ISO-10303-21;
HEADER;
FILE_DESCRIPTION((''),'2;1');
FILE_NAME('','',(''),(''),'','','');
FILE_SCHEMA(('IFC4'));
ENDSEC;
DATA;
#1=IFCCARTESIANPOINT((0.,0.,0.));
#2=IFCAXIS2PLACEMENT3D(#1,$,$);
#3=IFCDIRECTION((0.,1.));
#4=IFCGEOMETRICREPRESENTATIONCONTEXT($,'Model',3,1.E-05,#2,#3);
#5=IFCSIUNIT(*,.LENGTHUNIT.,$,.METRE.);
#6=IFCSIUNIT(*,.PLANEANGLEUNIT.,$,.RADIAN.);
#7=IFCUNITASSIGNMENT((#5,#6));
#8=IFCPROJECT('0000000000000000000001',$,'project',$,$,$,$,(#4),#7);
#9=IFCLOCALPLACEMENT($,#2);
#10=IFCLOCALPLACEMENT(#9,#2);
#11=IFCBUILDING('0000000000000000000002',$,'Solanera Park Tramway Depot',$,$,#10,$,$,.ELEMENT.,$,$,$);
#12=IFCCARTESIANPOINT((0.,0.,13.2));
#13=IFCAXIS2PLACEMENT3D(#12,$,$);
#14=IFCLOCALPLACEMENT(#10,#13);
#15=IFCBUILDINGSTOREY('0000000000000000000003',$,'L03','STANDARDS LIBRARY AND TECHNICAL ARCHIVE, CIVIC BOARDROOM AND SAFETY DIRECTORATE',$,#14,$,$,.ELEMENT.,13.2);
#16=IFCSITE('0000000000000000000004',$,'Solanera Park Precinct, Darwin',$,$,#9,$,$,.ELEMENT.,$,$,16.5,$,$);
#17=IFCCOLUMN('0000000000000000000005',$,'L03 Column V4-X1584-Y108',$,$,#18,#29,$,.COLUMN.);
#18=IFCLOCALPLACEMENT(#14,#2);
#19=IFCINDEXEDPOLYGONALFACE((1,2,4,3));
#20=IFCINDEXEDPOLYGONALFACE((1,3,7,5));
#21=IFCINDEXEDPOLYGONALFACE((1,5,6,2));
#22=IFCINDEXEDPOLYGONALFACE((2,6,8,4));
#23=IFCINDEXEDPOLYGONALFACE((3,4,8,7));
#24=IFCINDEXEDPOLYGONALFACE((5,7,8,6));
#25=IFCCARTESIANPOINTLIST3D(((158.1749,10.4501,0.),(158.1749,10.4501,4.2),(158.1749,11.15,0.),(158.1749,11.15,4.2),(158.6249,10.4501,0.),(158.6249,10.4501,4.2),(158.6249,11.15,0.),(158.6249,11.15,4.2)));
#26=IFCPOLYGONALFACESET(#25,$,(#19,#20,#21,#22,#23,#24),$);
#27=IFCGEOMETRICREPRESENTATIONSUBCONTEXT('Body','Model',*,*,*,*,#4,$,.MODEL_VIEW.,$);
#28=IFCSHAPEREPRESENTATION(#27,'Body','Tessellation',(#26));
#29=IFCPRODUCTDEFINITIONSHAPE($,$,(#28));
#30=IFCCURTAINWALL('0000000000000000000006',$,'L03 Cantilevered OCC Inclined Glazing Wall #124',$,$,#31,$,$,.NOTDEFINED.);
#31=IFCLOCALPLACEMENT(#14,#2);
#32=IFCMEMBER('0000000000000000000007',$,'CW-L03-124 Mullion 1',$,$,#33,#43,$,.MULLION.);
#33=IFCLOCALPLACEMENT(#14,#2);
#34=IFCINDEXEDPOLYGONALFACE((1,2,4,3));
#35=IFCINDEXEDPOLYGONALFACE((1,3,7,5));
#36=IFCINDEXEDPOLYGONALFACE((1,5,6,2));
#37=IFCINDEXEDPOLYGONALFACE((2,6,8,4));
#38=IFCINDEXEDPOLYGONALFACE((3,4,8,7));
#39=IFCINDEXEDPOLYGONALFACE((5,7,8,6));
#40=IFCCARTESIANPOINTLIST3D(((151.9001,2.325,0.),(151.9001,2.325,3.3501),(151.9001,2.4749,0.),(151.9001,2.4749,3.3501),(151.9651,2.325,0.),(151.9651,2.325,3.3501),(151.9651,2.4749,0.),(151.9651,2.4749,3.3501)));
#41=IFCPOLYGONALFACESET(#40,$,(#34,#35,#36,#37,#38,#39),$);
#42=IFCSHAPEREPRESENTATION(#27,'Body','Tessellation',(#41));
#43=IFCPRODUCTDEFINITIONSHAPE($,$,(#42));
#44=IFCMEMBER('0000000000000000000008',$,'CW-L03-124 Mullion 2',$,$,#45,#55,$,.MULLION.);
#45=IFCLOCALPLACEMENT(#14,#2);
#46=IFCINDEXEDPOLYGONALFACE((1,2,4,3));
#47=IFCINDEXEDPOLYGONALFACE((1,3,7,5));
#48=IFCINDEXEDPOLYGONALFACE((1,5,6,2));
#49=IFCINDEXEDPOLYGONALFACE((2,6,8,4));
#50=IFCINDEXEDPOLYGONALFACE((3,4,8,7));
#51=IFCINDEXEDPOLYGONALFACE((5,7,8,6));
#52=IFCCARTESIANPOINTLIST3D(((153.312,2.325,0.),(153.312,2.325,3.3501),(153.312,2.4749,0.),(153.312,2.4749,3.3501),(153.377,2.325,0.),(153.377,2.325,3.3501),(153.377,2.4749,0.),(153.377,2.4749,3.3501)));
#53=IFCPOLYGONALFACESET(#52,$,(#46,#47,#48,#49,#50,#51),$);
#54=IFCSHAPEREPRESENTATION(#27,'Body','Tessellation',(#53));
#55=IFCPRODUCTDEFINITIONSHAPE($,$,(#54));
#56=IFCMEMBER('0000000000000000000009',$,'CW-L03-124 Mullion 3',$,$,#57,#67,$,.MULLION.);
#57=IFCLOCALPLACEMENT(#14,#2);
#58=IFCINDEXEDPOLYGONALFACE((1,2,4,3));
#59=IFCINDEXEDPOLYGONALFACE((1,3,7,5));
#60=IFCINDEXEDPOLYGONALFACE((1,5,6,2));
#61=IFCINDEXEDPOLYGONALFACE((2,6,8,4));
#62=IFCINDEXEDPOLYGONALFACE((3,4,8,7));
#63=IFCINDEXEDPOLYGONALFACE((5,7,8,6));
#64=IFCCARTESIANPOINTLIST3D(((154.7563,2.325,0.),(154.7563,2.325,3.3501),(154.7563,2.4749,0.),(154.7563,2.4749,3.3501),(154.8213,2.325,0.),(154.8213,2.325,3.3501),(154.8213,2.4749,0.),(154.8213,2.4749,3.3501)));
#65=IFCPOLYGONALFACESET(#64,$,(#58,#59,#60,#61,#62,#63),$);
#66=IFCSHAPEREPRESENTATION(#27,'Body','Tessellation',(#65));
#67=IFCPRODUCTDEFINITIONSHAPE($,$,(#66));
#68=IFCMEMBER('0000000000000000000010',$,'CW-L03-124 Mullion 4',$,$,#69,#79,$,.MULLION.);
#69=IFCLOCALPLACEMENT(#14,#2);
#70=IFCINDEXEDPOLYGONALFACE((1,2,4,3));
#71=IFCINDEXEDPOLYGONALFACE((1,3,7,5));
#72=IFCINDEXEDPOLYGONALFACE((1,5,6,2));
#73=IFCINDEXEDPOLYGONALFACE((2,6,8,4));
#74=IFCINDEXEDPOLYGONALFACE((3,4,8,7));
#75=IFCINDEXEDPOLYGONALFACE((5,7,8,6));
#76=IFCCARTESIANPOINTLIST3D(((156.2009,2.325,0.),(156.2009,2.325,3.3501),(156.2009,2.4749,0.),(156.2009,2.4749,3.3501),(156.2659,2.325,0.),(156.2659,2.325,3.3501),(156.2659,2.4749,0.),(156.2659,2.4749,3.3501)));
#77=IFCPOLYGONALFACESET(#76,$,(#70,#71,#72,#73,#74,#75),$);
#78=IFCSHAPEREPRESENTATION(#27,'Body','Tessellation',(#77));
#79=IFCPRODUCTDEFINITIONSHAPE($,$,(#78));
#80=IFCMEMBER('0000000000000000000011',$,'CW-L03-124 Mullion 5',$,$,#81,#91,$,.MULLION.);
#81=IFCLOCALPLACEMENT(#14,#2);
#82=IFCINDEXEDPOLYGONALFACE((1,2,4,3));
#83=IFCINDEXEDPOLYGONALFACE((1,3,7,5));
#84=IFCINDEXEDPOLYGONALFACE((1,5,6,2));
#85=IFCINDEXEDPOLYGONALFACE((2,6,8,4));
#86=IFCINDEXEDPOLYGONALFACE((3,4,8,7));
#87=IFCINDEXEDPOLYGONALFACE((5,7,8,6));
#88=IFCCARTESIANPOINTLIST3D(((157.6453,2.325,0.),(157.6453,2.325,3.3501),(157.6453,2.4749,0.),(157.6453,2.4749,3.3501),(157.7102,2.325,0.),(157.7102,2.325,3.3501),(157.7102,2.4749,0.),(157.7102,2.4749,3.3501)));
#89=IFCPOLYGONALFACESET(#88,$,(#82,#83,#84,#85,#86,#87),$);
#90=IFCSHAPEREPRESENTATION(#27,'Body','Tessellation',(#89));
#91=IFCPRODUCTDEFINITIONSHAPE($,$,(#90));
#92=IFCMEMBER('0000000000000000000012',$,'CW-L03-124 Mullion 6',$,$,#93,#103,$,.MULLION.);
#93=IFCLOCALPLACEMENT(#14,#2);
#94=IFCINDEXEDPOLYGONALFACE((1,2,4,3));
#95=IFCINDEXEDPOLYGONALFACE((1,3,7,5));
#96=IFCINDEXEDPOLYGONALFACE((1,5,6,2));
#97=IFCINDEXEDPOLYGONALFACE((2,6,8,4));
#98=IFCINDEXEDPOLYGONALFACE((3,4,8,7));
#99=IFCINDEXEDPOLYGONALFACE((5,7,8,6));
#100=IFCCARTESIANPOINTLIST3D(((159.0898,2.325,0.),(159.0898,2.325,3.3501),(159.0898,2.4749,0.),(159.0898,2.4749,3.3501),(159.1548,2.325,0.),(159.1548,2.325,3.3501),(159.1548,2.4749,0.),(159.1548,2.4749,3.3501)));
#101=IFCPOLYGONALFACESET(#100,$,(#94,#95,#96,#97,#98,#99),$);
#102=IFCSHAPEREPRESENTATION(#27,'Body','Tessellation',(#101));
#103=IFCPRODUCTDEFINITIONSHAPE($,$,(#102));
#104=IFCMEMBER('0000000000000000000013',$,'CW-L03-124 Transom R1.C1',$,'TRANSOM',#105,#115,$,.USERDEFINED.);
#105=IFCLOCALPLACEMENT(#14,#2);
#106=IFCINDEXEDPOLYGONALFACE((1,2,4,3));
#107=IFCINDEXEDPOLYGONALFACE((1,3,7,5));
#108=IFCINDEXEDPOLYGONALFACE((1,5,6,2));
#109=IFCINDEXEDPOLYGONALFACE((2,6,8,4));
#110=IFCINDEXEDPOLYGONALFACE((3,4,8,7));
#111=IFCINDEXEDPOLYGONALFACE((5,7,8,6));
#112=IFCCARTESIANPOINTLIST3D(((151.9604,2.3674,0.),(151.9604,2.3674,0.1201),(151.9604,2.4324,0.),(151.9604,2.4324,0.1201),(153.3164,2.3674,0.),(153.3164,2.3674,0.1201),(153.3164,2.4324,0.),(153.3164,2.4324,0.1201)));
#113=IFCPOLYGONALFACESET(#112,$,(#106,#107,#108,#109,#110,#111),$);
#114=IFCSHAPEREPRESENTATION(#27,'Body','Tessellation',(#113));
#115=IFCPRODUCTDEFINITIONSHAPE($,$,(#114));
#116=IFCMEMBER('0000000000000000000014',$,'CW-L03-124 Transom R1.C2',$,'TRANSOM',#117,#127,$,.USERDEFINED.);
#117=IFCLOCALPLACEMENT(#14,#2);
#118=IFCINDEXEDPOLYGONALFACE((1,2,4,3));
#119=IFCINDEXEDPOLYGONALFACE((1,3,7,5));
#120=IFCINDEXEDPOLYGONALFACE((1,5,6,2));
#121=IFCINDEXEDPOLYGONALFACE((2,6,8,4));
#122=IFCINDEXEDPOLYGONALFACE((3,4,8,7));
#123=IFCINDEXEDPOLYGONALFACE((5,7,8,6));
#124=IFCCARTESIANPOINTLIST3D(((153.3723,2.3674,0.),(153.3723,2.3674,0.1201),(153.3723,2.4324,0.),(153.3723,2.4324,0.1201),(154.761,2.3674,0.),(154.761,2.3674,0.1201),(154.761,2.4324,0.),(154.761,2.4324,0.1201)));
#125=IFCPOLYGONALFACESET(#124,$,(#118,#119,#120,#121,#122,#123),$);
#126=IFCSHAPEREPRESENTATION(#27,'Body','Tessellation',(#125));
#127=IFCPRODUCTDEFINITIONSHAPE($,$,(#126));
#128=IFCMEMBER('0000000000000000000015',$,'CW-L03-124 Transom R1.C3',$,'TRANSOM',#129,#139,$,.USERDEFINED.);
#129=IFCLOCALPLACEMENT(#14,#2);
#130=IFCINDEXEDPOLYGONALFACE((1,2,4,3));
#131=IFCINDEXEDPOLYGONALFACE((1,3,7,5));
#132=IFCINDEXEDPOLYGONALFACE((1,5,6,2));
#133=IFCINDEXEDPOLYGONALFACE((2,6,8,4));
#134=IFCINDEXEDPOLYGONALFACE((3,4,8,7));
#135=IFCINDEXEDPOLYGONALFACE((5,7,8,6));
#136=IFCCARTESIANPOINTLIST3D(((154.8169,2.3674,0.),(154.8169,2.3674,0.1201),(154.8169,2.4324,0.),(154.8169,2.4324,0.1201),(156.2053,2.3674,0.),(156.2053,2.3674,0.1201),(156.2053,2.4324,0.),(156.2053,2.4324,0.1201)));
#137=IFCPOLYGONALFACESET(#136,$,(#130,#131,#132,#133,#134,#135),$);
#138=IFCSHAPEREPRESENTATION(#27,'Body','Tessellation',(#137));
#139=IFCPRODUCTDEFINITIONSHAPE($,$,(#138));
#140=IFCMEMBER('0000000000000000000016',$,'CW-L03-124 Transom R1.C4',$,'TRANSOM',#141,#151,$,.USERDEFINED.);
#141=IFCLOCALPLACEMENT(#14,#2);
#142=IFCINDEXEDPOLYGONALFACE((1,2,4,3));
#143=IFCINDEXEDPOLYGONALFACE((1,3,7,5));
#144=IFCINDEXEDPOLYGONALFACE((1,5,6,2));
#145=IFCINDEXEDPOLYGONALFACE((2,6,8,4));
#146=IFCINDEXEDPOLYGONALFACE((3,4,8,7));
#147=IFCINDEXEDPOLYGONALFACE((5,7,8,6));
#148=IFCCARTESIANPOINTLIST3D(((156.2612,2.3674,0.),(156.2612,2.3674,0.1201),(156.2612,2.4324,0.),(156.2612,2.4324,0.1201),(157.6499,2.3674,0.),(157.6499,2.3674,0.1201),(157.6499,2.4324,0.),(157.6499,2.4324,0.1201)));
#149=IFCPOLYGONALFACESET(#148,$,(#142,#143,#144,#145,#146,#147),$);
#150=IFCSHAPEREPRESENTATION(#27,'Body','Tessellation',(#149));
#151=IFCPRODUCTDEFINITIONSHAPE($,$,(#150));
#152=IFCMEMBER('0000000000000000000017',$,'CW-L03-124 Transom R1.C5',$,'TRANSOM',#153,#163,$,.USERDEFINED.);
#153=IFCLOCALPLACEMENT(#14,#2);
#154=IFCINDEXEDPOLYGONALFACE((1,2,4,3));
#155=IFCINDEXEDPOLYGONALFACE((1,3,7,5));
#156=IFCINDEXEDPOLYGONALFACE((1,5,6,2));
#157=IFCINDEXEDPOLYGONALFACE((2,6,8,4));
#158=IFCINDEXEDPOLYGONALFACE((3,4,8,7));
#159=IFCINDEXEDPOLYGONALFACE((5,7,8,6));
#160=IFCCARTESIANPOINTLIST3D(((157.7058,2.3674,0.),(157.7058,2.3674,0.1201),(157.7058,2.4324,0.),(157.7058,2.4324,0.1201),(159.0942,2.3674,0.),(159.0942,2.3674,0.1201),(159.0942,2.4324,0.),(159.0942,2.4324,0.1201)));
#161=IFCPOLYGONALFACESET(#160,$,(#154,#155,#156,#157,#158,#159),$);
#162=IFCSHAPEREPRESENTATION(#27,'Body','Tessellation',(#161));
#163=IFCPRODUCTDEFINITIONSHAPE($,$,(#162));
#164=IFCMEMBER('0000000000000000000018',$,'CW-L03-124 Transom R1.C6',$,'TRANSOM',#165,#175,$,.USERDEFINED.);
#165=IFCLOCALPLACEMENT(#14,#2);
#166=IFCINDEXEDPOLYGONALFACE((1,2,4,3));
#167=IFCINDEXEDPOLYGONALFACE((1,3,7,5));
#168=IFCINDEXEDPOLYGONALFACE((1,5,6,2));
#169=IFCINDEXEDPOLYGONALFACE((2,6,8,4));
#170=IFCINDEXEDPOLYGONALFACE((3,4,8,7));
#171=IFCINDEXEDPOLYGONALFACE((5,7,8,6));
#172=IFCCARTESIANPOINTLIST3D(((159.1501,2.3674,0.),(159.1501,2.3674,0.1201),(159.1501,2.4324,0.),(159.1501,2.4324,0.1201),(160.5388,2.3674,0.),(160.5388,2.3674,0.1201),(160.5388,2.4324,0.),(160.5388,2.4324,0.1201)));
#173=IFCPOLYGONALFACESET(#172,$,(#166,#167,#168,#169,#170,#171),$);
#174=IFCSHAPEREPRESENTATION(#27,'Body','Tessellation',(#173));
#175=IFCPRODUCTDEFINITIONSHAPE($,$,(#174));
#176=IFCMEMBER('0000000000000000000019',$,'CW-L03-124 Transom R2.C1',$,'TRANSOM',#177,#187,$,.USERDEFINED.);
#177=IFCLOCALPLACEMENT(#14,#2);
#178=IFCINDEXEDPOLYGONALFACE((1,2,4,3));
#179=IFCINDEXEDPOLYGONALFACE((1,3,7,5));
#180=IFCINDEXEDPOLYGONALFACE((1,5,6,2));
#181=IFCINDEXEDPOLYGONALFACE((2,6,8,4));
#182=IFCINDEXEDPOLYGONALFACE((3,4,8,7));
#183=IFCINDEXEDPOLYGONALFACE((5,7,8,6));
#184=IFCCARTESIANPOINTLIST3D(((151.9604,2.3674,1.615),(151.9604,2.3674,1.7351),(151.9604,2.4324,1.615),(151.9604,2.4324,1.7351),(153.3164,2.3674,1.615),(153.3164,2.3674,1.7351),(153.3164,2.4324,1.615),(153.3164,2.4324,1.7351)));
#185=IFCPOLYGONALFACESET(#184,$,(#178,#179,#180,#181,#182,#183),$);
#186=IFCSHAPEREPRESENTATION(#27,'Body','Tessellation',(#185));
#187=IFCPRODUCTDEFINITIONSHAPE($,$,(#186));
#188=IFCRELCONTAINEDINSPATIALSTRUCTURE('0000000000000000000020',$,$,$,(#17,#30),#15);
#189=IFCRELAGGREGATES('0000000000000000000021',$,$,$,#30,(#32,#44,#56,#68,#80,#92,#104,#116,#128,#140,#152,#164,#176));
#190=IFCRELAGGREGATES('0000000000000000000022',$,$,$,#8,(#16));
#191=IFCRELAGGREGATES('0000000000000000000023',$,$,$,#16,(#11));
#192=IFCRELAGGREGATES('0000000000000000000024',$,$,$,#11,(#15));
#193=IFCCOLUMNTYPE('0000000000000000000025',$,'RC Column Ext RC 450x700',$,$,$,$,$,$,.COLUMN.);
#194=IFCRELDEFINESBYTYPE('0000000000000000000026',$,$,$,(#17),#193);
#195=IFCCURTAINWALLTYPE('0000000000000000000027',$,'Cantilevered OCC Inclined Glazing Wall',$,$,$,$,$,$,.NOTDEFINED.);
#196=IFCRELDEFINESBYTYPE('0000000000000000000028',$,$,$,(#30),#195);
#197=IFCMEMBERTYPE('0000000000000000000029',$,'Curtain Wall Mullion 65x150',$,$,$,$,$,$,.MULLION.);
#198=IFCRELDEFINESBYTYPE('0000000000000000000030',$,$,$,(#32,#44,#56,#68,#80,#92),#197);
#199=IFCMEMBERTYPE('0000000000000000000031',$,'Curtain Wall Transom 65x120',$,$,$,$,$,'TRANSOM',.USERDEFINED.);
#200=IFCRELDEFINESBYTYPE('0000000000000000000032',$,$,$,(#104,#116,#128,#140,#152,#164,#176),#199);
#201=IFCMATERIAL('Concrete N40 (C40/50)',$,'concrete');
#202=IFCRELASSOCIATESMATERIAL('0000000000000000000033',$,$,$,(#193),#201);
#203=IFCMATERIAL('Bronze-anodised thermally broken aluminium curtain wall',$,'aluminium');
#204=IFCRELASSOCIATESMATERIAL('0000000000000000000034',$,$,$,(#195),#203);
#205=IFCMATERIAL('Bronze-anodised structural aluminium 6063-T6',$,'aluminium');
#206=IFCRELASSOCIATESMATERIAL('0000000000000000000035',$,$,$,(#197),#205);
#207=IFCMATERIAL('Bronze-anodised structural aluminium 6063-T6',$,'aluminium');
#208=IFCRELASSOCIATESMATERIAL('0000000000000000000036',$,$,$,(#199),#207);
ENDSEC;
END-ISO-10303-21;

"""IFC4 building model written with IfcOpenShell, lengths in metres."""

from ifc_helpers import new_model, si_unit, direction, frame, origin, origin_2d, place, context, subcontext, project, spatial, rectangle, extrude, material, material_profile, profile_set, type_object, element, aggregate, save


model = new_model("IFC4")

# Units and contexts
model_context = context("Model", 3, precision=1e-05, world=origin(), true_north=direction((0.0, 1.0)))
body_context = subcontext(model_context, "Body", "Model", "MODEL_VIEW")
ifc_project = project(units=[si_unit("LENGTHUNIT", "METRE"), si_unit("PLANEANGLEUNIT", "RADIAN")], contexts=[model_context])

# Site, building, storey
site_placement = place(None, origin())
site = spatial("IfcSite", under=ifc_project, at=site_placement, Name="Solanera Park Precinct, Darwin", CompositionType="ELEMENT", RefElevation=16.5)
building_placement = place(site_placement, origin())
building = spatial("IfcBuilding", under=site, at=building_placement, Name="Solanera Park Tramway Depot", CompositionType="ELEMENT")
storey_placement = place(building_placement, frame((0.0, 0.0, 13.2)))
storey = spatial("IfcBuildingStorey", under=building, at=storey_placement, Name="L03", Description="STANDARDS LIBRARY AND TECHNICAL ARCHIVE, CIVIC BOARDROOM AND SAFETY DIRECTORATE", CompositionType="ELEMENT", Elevation=13.2)

# Column
ifc_material_1 = material(Name="Concrete N40 (C40/50)", Category="concrete")
ifc_material_profile_1 = material_profile(ifc_material_1, rectangle(XDim=0.45, YDim=0.7, at=origin_2d()), Name="RC 450x700")
ifc_profile_set_1 = profile_set([ifc_material_profile_1], Name="Concrete N40 (C40/50)")
column_type = type_object("IfcColumnType", Name="RC Column Ext RC 450x700", PredefinedType="COLUMN", material=ifc_profile_set_1)
column_placement = place(storey_placement, frame((158.3999, 10.8, 0.0), z_axis=(0.0, 0.0, 1.0), x_axis=(1.0, 0.0, 0.0)))
element("IfcColumn", 1, at=column_placement, inside=storey, type_object=column_type, Name="L03 Column V4-X1584-Y108", PredefinedType="COLUMN", context=body_context, shape_type="SweptSolid", body=[
    extrude(rectangle(XDim=0.45, YDim=0.7, at=origin_2d()), origin(), (0.0, 0.0, 1.0), 4.2),
])

# Curtain wall, members
ifc_material_2 = material(Name="Bronze-anodised thermally broken aluminium curtain wall", Category="aluminium")
curtain_wall_type = type_object("IfcCurtainWallType", Name="Cantilevered OCC Inclined Glazing Wall", PredefinedType="NOTDEFINED", material=ifc_material_2)
curtain_wall_placement = place(storey_placement, origin())
curtain_wall = element("IfcCurtainWall", 2, at=curtain_wall_placement, inside=storey, type_object=curtain_wall_type, Name="L03 Cantilevered OCC Inclined Glazing Wall #124", PredefinedType="NOTDEFINED")
ifc_material_3 = material(Name="Bronze-anodised structural aluminium 6063-T6", Category="aluminium")
ifc_material_profile_2 = material_profile(ifc_material_3, rectangle(XDim=0.0649, YDim=0.1499, at=origin_2d()), Name="Curtain Wall Mullion 65x150")
ifc_profile_set_2 = profile_set([ifc_material_profile_2], Name="Bronze-anodised structural aluminium 6063-T6")
member_type_1 = type_object("IfcMemberType", Name="Curtain Wall Mullion 65x150", PredefinedType="MULLION", material=ifc_profile_set_2)
member_1_placement = place(storey_placement, frame((151.9326, 2.3999, 0.0), z_axis=(0.0, 0.0, 1.0), x_axis=(1.0, 0.0, 0.0)))
member_1 = element("IfcMember", 3, at=member_1_placement, type_object=member_type_1, Name="CW-L03-124 Mullion 1", PredefinedType="MULLION", context=body_context, shape_type="SweptSolid", body=[
    extrude(rectangle(XDim=0.0649, YDim=0.1499, at=origin_2d()), origin(), (0.0, 0.0, 1.0), 3.3501),
])
member_2_placement = place(storey_placement, frame((153.3445, 2.3999, 0.0), z_axis=(0.0, 0.0, 1.0), x_axis=(1.0, 0.0, 0.0)))
member_2 = element("IfcMember", 4, at=member_2_placement, type_object=member_type_1, Name="CW-L03-124 Mullion 2", PredefinedType="MULLION", context=body_context, shape_type="SweptSolid", body=[
    extrude(rectangle(XDim=0.0649, YDim=0.1499, at=origin_2d()), origin(), (0.0, 0.0, 1.0), 3.3501),
])
member_3_placement = place(storey_placement, frame((154.7888, 2.3999, 0.0), z_axis=(0.0, 0.0, 1.0), x_axis=(1.0, 0.0, 0.0)))
member_3 = element("IfcMember", 5, at=member_3_placement, type_object=member_type_1, Name="CW-L03-124 Mullion 3", PredefinedType="MULLION", context=body_context, shape_type="SweptSolid", body=[
    extrude(rectangle(XDim=0.0649, YDim=0.1499, at=origin_2d()), origin(), (0.0, 0.0, 1.0), 3.3501),
])
member_4_placement = place(storey_placement, frame((156.2334, 2.3999, 0.0), z_axis=(0.0, 0.0, 1.0), x_axis=(1.0, 0.0, 0.0)))
member_4 = element("IfcMember", 6, at=member_4_placement, type_object=member_type_1, Name="CW-L03-124 Mullion 4", PredefinedType="MULLION", context=body_context, shape_type="SweptSolid", body=[
    extrude(rectangle(XDim=0.0649, YDim=0.1499, at=origin_2d()), origin(), (0.0, 0.0, 1.0), 3.3501),
])
member_5_placement = place(storey_placement, frame((157.6777, 2.3999, 0.0), z_axis=(0.0, 0.0, 1.0), x_axis=(1.0, 0.0, 0.0)))
member_5 = element("IfcMember", 7, at=member_5_placement, type_object=member_type_1, Name="CW-L03-124 Mullion 5", PredefinedType="MULLION", context=body_context, shape_type="SweptSolid", body=[
    extrude(rectangle(XDim=0.0649, YDim=0.1499, at=origin_2d()), origin(), (0.0, 0.0, 1.0), 3.3501),
])
member_6_placement = place(storey_placement, frame((159.1223, 2.3999, 0.0), z_axis=(0.0, 0.0, 1.0), x_axis=(1.0, 0.0, 0.0)))
member_6 = element("IfcMember", 8, at=member_6_placement, type_object=member_type_1, Name="CW-L03-124 Mullion 6", PredefinedType="MULLION", context=body_context, shape_type="SweptSolid", body=[
    extrude(rectangle(XDim=0.0649, YDim=0.1499, at=origin_2d()), origin(), (0.0, 0.0, 1.0), 3.3501),
])
ifc_material_4 = material(Name="Bronze-anodised structural aluminium 6063-T6", Category="aluminium")
ifc_material_profile_3 = material_profile(ifc_material_4, rectangle(XDim=0.0649, YDim=0.1201, at=origin_2d()), Name="Curtain Wall Transom 65x120")
ifc_profile_set_3 = profile_set([ifc_material_profile_3], Name="Bronze-anodised structural aluminium 6063-T6")
member_type_2 = type_object("IfcMemberType", Name="Curtain Wall Transom 65x120", ElementType="TRANSOM", PredefinedType="USERDEFINED", material=ifc_profile_set_3)
member_7_placement = place(storey_placement, frame((151.9604, 2.3999, 0.0601), z_axis=(1.0, 0.0, 0.0), x_axis=(0.0, 1.0, 0.0)))
member_7 = element("IfcMember", 9, at=member_7_placement, type_object=member_type_2, Name="CW-L03-124 Transom R1.C1", ObjectType="TRANSOM", PredefinedType="USERDEFINED", context=body_context, shape_type="SweptSolid", body=[
    extrude(rectangle(XDim=0.0649, YDim=0.1201, at=origin_2d()), origin(), (0.0, 0.0, 1.0), 1.356),
])
member_8_placement = place(storey_placement, frame((153.3723, 2.3999, 0.0601), z_axis=(1.0, 0.0, 0.0), x_axis=(0.0, 1.0, 0.0)))
member_8 = element("IfcMember", 10, at=member_8_placement, type_object=member_type_2, Name="CW-L03-124 Transom R1.C2", ObjectType="TRANSOM", PredefinedType="USERDEFINED", context=body_context, shape_type="SweptSolid", body=[
    extrude(rectangle(XDim=0.0649, YDim=0.1201, at=origin_2d()), origin(), (0.0, 0.0, 1.0), 1.3887),
])
member_9_placement = place(storey_placement, frame((154.8169, 2.3999, 0.0601), z_axis=(1.0, 0.0, 0.0), x_axis=(0.0, 1.0, 0.0)))
member_9 = element("IfcMember", 11, at=member_9_placement, type_object=member_type_2, Name="CW-L03-124 Transom R1.C3", ObjectType="TRANSOM", PredefinedType="USERDEFINED", context=body_context, shape_type="SweptSolid", body=[
    extrude(rectangle(XDim=0.0649, YDim=0.1201, at=origin_2d()), origin(), (0.0, 0.0, 1.0), 1.3884),
])
member_10_placement = place(storey_placement, frame((156.2612, 2.3999, 0.0601), z_axis=(1.0, 0.0, 0.0), x_axis=(0.0, 1.0, 0.0)))
member_10 = element("IfcMember", 12, at=member_10_placement, type_object=member_type_2, Name="CW-L03-124 Transom R1.C4", ObjectType="TRANSOM", PredefinedType="USERDEFINED", context=body_context, shape_type="SweptSolid", body=[
    extrude(rectangle(XDim=0.0649, YDim=0.1201, at=origin_2d()), origin(), (0.0, 0.0, 1.0), 1.3887),
])
member_11_placement = place(storey_placement, frame((157.7058, 2.3999, 0.0601), z_axis=(1.0, 0.0, 0.0), x_axis=(0.0, 1.0, 0.0)))
member_11 = element("IfcMember", 13, at=member_11_placement, type_object=member_type_2, Name="CW-L03-124 Transom R1.C5", ObjectType="TRANSOM", PredefinedType="USERDEFINED", context=body_context, shape_type="SweptSolid", body=[
    extrude(rectangle(XDim=0.0649, YDim=0.1201, at=origin_2d()), origin(), (0.0, 0.0, 1.0), 1.3884),
])
member_12_placement = place(storey_placement, frame((159.1501, 2.3999, 0.0601), z_axis=(1.0, 0.0, 0.0), x_axis=(0.0, 1.0, 0.0)))
member_12 = element("IfcMember", 14, at=member_12_placement, type_object=member_type_2, Name="CW-L03-124 Transom R1.C6", ObjectType="TRANSOM", PredefinedType="USERDEFINED", context=body_context, shape_type="SweptSolid", body=[
    extrude(rectangle(XDim=0.0649, YDim=0.1201, at=origin_2d()), origin(), (0.0, 0.0, 1.0), 1.3887),
])
member_13_placement = place(storey_placement, frame((151.9604, 2.3999, 1.675), z_axis=(1.0, 0.0, 0.0), x_axis=(0.0, 1.0, 0.0)))
member_13 = element("IfcMember", 15, at=member_13_placement, type_object=member_type_2, Name="CW-L03-124 Transom R2.C1", ObjectType="TRANSOM", PredefinedType="USERDEFINED", context=body_context, shape_type="SweptSolid", body=[
    extrude(rectangle(XDim=0.0649, YDim=0.1201, at=origin_2d()), origin(), (0.0, 0.0, 1.0), 1.356),
])

aggregate(curtain_wall, [member_1, member_2, member_3, member_4, member_5, member_6, member_7, member_8, member_9, member_10, member_11, member_12, member_13])

save(model, "model.ifc")
